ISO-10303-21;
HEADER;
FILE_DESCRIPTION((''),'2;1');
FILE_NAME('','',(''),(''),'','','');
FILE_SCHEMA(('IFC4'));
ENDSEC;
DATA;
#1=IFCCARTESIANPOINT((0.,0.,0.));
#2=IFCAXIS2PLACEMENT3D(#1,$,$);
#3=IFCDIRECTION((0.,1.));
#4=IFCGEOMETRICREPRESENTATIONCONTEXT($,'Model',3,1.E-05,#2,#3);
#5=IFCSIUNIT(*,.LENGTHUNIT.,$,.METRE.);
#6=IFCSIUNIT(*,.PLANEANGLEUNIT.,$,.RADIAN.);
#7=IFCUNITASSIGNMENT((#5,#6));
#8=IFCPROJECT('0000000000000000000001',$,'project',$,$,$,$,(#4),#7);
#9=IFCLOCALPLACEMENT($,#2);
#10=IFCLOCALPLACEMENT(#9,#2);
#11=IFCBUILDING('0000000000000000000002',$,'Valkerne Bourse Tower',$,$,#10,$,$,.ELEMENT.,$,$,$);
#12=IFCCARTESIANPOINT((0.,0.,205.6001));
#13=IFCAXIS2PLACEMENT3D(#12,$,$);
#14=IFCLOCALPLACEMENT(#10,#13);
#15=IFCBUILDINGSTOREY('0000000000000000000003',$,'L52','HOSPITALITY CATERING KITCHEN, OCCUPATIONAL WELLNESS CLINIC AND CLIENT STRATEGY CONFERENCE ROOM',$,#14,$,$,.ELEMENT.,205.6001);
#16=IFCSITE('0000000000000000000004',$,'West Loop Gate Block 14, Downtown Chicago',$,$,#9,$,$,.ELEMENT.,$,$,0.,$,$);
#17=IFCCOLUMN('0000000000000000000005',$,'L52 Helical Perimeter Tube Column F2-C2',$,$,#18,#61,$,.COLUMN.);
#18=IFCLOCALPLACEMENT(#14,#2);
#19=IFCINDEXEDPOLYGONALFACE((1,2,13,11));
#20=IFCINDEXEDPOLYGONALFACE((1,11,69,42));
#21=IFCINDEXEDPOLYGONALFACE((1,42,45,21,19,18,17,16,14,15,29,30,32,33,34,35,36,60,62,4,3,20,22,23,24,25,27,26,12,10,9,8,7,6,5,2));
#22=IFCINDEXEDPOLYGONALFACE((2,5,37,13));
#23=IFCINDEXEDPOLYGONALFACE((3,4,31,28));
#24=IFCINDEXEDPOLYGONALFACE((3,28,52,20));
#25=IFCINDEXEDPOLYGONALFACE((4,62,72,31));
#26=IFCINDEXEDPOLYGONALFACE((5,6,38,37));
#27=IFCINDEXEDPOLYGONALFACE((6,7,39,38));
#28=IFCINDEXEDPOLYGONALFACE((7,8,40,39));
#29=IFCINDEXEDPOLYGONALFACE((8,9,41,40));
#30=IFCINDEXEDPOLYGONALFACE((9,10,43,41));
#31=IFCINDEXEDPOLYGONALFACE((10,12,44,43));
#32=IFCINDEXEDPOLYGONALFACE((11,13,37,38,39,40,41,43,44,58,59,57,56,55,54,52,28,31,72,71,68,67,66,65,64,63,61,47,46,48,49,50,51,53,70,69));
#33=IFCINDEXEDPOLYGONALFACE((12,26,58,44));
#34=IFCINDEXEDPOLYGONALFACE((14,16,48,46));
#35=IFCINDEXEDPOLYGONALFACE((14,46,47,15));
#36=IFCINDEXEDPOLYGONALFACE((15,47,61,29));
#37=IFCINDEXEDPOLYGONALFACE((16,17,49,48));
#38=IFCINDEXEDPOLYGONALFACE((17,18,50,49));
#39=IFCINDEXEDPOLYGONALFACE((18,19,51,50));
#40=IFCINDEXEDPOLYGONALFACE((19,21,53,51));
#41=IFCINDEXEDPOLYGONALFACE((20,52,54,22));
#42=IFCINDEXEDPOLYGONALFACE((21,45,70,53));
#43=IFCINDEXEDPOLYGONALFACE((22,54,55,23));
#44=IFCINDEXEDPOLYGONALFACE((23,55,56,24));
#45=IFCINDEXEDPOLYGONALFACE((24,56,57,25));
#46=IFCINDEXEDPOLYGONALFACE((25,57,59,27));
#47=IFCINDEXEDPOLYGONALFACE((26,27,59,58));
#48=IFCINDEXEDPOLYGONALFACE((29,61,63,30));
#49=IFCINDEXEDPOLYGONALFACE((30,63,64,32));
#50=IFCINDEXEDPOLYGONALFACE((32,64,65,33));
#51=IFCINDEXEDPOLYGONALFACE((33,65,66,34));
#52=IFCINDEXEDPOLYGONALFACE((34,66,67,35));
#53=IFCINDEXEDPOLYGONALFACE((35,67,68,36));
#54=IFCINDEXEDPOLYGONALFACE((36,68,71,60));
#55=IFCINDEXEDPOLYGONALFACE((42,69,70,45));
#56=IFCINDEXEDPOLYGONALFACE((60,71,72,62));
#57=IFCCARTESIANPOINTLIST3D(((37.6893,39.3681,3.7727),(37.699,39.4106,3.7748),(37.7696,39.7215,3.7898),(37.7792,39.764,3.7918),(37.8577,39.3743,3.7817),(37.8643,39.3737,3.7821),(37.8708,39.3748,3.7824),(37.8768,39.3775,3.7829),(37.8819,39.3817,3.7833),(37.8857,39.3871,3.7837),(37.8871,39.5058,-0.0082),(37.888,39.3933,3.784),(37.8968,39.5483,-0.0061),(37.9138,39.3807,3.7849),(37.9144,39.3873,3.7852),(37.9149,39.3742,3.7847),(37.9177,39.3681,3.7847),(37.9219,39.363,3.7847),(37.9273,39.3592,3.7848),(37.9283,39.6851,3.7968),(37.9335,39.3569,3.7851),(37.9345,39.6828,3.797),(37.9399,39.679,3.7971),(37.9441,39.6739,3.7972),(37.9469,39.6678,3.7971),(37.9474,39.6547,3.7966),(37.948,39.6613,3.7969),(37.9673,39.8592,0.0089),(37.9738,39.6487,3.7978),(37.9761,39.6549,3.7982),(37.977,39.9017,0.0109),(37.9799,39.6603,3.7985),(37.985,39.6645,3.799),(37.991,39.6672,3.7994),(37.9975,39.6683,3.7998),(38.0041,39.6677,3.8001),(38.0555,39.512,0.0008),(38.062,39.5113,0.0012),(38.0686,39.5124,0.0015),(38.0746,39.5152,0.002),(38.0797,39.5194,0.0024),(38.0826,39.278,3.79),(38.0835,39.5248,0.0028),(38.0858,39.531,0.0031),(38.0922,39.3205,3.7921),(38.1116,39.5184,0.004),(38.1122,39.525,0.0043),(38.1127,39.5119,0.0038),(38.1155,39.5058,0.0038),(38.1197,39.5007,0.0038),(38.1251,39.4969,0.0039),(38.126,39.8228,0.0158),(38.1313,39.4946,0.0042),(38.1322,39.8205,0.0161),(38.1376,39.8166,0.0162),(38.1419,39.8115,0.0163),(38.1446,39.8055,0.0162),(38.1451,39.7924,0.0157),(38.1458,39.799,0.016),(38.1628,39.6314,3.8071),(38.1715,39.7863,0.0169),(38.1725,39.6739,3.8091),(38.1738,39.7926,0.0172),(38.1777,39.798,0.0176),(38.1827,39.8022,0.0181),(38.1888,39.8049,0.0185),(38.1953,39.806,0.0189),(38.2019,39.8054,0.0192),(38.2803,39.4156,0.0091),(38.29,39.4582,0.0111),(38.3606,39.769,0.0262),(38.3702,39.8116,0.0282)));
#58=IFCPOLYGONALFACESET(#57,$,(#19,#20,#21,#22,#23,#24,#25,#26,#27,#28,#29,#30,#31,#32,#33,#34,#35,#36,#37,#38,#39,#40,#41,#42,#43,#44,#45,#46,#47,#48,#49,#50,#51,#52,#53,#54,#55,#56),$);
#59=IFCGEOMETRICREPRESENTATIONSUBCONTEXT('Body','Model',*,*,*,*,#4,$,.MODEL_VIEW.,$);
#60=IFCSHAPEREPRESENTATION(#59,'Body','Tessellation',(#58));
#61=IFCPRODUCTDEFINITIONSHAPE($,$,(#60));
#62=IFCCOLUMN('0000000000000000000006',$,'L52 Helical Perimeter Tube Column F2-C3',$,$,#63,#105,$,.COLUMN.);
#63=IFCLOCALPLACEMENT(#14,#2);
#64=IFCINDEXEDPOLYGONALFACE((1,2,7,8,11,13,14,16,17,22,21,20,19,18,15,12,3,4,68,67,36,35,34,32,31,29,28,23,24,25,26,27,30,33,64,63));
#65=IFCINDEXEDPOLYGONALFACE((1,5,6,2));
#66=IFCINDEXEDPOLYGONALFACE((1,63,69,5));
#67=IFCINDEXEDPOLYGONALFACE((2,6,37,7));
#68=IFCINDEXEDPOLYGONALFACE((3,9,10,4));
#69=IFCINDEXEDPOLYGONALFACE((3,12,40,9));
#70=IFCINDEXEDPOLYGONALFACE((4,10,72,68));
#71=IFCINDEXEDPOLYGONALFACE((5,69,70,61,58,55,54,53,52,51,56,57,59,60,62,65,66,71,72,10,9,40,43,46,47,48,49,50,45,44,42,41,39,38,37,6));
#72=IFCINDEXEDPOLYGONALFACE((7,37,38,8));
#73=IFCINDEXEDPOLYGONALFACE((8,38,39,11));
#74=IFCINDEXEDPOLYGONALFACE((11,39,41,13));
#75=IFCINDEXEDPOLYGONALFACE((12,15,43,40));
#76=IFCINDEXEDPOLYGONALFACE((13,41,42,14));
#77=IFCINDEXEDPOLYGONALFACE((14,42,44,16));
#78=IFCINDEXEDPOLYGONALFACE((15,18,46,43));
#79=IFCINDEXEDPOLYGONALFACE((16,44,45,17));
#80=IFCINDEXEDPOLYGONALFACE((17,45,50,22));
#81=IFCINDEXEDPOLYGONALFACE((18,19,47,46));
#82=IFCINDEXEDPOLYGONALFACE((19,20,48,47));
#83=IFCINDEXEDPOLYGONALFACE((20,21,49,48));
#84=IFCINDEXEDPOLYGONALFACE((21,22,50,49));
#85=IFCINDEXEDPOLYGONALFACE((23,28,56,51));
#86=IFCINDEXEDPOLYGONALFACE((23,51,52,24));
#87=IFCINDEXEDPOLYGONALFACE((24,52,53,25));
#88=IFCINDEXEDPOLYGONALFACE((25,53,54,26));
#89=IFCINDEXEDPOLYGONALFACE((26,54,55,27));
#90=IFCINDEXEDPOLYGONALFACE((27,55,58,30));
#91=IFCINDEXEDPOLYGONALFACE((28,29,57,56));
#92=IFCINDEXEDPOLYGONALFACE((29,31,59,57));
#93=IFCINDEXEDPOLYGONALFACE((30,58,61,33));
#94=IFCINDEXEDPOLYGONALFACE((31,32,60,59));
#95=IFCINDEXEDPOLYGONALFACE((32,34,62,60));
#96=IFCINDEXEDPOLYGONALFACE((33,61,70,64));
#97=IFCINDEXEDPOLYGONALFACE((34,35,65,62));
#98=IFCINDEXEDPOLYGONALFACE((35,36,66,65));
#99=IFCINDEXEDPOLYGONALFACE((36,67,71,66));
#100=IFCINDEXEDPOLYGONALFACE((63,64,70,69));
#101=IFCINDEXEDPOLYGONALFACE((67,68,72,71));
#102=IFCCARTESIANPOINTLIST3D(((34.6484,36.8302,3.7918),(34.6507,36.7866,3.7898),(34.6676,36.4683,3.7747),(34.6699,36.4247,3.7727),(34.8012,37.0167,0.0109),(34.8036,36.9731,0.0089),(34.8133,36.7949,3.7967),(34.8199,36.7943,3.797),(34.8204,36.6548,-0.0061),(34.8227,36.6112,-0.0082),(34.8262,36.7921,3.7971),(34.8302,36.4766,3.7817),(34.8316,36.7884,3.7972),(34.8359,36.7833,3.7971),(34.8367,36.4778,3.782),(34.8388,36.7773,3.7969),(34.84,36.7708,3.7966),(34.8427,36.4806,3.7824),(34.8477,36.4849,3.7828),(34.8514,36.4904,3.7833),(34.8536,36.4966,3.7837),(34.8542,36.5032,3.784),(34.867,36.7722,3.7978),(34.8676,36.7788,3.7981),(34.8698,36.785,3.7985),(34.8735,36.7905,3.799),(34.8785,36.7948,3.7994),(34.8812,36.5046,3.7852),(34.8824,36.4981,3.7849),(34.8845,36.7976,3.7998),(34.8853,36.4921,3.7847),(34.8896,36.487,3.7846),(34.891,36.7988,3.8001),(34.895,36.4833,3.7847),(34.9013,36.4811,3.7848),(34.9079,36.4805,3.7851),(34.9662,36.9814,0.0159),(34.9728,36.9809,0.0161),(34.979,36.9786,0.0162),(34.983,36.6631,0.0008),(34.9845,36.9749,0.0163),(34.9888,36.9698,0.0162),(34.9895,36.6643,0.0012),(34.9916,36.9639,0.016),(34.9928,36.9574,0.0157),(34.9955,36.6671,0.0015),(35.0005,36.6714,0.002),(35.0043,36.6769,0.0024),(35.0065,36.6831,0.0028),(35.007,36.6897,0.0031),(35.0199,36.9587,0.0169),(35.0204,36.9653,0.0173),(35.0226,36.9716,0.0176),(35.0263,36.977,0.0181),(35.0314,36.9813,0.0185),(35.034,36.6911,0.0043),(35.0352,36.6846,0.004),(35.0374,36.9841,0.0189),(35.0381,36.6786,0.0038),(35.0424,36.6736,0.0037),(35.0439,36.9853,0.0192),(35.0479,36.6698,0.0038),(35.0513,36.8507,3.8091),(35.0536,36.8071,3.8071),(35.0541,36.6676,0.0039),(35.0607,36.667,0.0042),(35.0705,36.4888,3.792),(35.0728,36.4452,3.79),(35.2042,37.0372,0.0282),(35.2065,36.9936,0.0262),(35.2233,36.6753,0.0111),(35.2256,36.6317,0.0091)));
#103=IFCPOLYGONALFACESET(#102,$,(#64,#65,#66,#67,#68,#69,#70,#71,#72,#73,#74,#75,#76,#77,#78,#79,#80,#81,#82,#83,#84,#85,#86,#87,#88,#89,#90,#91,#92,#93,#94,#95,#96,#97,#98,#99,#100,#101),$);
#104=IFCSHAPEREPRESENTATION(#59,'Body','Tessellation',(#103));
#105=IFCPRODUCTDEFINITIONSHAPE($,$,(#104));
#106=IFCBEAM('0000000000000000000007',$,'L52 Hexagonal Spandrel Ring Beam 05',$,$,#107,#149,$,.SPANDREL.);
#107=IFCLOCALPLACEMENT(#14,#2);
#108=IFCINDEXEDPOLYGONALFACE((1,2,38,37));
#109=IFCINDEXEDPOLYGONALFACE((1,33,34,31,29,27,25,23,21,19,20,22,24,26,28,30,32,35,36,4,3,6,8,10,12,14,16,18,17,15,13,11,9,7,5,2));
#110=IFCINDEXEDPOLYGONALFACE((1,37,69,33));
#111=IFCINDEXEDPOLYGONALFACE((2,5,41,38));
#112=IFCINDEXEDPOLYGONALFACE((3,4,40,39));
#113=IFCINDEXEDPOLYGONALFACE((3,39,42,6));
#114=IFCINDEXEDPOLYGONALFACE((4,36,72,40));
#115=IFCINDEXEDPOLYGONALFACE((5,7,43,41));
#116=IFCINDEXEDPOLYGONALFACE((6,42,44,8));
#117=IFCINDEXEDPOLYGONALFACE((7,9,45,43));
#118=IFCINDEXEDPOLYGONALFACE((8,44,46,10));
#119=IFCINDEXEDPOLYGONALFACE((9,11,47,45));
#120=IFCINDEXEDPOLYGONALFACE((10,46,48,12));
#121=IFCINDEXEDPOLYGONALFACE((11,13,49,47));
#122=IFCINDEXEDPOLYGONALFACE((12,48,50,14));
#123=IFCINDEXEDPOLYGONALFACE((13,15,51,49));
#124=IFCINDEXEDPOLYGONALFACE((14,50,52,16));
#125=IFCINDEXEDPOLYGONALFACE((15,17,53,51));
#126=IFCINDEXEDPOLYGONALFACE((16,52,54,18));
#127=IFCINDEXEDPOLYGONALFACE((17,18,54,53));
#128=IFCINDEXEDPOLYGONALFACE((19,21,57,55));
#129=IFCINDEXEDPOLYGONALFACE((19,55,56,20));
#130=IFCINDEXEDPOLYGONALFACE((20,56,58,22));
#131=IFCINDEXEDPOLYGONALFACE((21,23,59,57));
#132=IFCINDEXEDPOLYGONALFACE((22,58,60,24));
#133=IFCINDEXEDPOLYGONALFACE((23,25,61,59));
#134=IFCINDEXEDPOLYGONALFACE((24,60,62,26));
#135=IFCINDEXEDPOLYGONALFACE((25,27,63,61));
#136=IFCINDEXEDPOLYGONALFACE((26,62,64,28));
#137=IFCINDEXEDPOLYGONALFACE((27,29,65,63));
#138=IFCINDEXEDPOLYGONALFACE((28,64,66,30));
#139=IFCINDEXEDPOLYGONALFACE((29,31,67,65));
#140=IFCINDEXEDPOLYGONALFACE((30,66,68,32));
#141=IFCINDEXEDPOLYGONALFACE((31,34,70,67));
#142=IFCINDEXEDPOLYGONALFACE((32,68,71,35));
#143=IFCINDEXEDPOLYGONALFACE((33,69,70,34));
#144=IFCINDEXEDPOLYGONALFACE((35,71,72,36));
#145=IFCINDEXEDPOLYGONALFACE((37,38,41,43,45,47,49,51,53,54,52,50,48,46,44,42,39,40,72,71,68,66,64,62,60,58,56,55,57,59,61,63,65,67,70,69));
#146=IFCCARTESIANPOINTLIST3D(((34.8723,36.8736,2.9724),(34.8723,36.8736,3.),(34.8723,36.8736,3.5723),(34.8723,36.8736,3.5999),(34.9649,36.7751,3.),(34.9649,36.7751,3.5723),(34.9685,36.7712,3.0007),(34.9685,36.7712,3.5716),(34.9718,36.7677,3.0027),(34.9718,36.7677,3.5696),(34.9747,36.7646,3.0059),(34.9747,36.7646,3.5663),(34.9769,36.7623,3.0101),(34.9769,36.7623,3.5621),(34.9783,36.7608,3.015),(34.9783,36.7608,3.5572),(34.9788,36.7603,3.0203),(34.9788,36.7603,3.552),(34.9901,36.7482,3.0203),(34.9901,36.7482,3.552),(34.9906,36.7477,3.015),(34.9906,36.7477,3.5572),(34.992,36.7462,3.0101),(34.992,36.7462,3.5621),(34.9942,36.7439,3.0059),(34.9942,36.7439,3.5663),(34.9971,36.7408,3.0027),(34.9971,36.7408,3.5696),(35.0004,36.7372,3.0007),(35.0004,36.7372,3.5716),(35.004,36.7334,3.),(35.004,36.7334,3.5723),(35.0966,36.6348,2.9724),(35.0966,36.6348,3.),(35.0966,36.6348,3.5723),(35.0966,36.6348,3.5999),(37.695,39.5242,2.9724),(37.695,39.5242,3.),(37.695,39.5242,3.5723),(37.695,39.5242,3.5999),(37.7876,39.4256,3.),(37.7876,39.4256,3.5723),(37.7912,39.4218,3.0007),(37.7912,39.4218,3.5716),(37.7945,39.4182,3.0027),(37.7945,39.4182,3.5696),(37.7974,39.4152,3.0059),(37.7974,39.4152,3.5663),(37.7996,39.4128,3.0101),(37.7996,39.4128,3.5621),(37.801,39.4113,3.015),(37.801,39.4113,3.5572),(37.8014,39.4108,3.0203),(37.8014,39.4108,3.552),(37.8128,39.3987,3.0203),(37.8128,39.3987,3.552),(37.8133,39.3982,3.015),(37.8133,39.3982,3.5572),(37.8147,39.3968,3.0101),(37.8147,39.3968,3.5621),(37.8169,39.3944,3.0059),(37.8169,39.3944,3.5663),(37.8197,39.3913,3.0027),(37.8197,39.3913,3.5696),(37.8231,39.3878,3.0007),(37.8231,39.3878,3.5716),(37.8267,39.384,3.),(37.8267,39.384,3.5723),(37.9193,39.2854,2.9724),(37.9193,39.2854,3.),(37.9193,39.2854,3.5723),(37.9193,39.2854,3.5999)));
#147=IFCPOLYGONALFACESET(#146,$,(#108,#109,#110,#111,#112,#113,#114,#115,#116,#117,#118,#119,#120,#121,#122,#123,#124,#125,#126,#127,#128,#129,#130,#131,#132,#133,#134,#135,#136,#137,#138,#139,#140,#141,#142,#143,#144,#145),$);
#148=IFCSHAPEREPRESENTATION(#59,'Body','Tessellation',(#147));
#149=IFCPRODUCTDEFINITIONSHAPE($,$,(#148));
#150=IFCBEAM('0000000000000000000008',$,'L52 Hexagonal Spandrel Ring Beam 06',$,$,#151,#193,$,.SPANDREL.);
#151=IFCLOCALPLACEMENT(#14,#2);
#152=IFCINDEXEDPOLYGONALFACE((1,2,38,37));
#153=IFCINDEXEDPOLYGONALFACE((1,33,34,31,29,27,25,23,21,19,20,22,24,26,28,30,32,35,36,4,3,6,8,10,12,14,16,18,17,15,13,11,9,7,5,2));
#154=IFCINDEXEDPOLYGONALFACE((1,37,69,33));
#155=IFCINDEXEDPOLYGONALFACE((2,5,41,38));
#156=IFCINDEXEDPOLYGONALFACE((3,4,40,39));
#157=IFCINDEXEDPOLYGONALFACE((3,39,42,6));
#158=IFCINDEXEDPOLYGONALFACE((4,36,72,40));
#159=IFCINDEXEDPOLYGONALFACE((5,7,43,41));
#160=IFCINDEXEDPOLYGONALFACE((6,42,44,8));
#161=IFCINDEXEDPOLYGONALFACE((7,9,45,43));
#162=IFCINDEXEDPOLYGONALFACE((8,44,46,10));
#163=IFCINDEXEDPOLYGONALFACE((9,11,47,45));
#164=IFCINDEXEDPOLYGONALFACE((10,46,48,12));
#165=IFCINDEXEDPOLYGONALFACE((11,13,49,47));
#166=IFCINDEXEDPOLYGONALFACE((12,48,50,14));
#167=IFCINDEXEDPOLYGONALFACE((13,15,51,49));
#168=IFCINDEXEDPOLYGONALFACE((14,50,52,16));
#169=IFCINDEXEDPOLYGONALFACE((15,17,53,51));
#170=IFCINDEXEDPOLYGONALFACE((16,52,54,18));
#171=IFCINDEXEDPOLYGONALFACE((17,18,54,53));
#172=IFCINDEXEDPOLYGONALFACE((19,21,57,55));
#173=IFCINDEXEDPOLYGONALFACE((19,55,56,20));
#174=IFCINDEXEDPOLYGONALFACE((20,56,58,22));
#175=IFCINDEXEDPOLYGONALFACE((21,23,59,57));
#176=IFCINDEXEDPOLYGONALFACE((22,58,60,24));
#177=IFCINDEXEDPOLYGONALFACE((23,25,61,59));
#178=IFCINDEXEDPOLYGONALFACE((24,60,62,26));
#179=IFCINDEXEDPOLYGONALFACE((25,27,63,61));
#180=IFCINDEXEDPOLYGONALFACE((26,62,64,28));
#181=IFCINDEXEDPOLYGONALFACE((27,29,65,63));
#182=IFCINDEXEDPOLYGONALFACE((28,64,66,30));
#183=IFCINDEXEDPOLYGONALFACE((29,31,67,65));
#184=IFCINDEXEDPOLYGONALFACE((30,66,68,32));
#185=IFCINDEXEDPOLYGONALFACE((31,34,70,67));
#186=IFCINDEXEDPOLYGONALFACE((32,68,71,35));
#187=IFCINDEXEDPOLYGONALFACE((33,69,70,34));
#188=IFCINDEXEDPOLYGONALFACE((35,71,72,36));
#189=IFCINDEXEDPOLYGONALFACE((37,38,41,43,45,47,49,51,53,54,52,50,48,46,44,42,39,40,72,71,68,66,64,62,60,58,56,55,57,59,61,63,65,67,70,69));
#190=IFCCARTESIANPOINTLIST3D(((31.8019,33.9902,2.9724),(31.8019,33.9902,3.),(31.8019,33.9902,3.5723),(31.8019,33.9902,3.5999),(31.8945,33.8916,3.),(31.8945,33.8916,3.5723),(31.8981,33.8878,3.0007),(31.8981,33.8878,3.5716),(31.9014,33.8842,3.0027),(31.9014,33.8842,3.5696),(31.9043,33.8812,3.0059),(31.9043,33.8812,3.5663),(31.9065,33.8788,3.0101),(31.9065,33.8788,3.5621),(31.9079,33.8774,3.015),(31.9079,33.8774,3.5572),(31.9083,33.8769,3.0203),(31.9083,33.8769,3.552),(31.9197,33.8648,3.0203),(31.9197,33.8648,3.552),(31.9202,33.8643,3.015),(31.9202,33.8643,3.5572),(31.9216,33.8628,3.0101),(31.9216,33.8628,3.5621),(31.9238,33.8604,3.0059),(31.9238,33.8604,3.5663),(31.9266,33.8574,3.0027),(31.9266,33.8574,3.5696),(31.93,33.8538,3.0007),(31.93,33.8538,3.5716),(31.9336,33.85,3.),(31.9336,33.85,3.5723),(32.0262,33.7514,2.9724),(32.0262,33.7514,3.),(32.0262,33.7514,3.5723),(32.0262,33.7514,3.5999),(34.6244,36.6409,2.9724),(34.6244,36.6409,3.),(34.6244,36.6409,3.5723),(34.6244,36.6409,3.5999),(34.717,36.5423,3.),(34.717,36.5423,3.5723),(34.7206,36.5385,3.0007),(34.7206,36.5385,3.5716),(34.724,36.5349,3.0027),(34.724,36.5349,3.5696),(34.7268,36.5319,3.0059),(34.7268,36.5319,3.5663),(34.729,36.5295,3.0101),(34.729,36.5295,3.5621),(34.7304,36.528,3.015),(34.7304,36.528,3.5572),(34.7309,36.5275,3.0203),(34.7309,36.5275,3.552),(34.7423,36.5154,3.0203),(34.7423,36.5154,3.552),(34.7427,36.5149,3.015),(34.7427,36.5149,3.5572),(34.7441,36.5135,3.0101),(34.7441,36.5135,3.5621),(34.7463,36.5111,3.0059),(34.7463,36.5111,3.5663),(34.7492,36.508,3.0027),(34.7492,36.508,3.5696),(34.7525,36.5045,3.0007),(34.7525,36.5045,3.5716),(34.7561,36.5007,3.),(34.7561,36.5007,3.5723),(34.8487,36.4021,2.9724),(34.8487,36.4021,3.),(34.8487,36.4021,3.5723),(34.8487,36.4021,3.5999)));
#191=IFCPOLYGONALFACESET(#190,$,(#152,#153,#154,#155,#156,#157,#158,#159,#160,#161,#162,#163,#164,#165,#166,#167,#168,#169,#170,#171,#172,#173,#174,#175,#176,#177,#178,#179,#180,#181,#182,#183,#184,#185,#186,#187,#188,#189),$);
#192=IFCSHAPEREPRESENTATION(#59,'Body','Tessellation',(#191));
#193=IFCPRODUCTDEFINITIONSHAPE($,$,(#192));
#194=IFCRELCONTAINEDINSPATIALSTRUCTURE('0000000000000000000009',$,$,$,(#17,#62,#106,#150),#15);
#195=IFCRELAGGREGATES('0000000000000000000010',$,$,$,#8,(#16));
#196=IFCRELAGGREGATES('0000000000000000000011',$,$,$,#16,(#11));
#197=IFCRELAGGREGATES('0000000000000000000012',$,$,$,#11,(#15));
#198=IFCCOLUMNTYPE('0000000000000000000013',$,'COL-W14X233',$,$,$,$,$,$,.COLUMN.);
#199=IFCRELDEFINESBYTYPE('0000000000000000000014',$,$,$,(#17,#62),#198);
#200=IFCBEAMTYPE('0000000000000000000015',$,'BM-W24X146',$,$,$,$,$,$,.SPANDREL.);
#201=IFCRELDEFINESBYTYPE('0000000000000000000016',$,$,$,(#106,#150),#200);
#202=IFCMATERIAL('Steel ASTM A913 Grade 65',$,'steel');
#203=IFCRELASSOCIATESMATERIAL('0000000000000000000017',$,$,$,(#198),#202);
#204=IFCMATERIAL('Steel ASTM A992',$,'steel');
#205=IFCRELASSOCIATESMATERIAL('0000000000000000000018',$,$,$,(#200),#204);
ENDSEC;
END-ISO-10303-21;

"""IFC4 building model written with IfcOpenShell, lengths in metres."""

from ifc_helpers import new_model, si_unit, direction, frame, origin, origin_2d, place, context, subcontext, project, spatial, i_section, extrude, material, material_profile, profile_set, type_object, element, save


model = new_model("IFC4")

# Units and contexts
model_context = context("Model", 3, precision=1e-05, world=origin(), true_north=direction((0.0, 1.0)))
body_context = subcontext(model_context, "Body", "Model", "MODEL_VIEW")
ifc_project = project(units=[si_unit("LENGTHUNIT", "METRE"), si_unit("PLANEANGLEUNIT", "RADIAN")], contexts=[model_context])

# Site, building, storey
site_placement = place(None, origin())
site = spatial("IfcSite", under=ifc_project, at=site_placement, Name="West Loop Gate Block 14, Downtown Chicago", CompositionType="ELEMENT", RefElevation=0.0)
building_placement = place(site_placement, origin())
building = spatial("IfcBuilding", under=site, at=building_placement, Name="Valkerne Bourse Tower", CompositionType="ELEMENT")
storey_placement = place(building_placement, frame((0.0, 0.0, 205.6001)))
storey = spatial("IfcBuildingStorey", under=building, at=storey_placement, Name="L52", Description="HOSPITALITY CATERING KITCHEN, OCCUPATIONAL WELLNESS CLINIC AND CLIENT STRATEGY CONFERENCE ROOM", CompositionType="ELEMENT", Elevation=205.6001)

# Columns
ifc_material_1 = material(Name="Steel ASTM A913 Grade 65", Category="steel")
ifc_material_profile_1 = material_profile(ifc_material_1, i_section(OverallWidth=0.4038, OverallDepth=0.4065, WebThickness=0.0271, FlangeThickness=0.0437, FilletRadius=0.0254, at=origin_2d()), Name="W14X233")
ifc_profile_set_1 = profile_set([ifc_material_profile_1], Name="Steel ASTM A913 Grade 65")
column_type = type_object("IfcColumnType", Name="COL-W14X233", PredefinedType="COLUMN", material=ifc_profile_set_1)
for number, where, z_axis, x_axis, name in (
    (1, (38.1287, 39.6587, 0.01), (-0.052196, -0.036344, 0.997975), (-0.973835, 0.223189, -0.042805), "L52 Helical Perimeter Tube Column F2-C2"),
    (2, (35.0134, 36.8242, 0.01), (-0.040339, -0.049232, 0.997972), (-0.997792, -0.050754, -0.042836), "L52 Helical Perimeter Tube Column F2-C3"),
):
    element("IfcColumn", number, at=place(storey_placement, frame(where, z_axis=z_axis, x_axis=x_axis)), inside=storey, type_object=column_type, Name=name, PredefinedType="COLUMN", context=body_context, shape_type="SweptSolid", body=[
        extrude(i_section(OverallWidth=0.4038, OverallDepth=0.4065, WebThickness=0.0271, FlangeThickness=0.0437, FilletRadius=0.0254, at=origin_2d()), origin(), (0.0, 0.0, 1.0), 3.7886),
    ])

# Beams
ifc_material_2 = material(Name="Steel ASTM A992", Category="steel")
ifc_material_profile_2 = material_profile(ifc_material_2, i_section(OverallWidth=0.3276, OverallDepth=0.6274, WebThickness=0.0166, FlangeThickness=0.0276, FilletRadius=0.0203, at=origin_2d()), Name="W24X146")
ifc_profile_set_2 = profile_set([ifc_material_profile_2], Name="Steel ASTM A992")
beam_type_1 = type_object("IfcBeamType", Name="BM-W24X146", PredefinedType="SPANDREL", material=ifc_profile_set_2)
for number, where, z_axis, x_axis, name in (
    (3, (37.8071, 39.4048, 3.2861), (-0.728982, -0.684532, 0.0), (0.684532, -0.728982, 0.0), "L52 Hexagonal Spandrel Ring Beam 05"),
    (4, (34.7366, 36.5215, 3.2861), (-0.728953, -0.684564, 0.0), (0.684564, -0.728953, 0.0), "L52 Hexagonal Spandrel Ring Beam 06"),
):
    element("IfcBeam", number, at=place(storey_placement, frame(where, z_axis=z_axis, x_axis=x_axis)), inside=storey, type_object=beam_type_1, Name=name, PredefinedType="SPANDREL", context=body_context, shape_type="SweptSolid", body=[
        extrude(i_section(OverallWidth=0.3276, OverallDepth=0.6274, WebThickness=0.0166, FlangeThickness=0.0276, FilletRadius=0.0203, at=origin_2d()), origin(), (0.0, 0.0, 1.0), 3.8721),
    ])

save(model, "model.ifc")
